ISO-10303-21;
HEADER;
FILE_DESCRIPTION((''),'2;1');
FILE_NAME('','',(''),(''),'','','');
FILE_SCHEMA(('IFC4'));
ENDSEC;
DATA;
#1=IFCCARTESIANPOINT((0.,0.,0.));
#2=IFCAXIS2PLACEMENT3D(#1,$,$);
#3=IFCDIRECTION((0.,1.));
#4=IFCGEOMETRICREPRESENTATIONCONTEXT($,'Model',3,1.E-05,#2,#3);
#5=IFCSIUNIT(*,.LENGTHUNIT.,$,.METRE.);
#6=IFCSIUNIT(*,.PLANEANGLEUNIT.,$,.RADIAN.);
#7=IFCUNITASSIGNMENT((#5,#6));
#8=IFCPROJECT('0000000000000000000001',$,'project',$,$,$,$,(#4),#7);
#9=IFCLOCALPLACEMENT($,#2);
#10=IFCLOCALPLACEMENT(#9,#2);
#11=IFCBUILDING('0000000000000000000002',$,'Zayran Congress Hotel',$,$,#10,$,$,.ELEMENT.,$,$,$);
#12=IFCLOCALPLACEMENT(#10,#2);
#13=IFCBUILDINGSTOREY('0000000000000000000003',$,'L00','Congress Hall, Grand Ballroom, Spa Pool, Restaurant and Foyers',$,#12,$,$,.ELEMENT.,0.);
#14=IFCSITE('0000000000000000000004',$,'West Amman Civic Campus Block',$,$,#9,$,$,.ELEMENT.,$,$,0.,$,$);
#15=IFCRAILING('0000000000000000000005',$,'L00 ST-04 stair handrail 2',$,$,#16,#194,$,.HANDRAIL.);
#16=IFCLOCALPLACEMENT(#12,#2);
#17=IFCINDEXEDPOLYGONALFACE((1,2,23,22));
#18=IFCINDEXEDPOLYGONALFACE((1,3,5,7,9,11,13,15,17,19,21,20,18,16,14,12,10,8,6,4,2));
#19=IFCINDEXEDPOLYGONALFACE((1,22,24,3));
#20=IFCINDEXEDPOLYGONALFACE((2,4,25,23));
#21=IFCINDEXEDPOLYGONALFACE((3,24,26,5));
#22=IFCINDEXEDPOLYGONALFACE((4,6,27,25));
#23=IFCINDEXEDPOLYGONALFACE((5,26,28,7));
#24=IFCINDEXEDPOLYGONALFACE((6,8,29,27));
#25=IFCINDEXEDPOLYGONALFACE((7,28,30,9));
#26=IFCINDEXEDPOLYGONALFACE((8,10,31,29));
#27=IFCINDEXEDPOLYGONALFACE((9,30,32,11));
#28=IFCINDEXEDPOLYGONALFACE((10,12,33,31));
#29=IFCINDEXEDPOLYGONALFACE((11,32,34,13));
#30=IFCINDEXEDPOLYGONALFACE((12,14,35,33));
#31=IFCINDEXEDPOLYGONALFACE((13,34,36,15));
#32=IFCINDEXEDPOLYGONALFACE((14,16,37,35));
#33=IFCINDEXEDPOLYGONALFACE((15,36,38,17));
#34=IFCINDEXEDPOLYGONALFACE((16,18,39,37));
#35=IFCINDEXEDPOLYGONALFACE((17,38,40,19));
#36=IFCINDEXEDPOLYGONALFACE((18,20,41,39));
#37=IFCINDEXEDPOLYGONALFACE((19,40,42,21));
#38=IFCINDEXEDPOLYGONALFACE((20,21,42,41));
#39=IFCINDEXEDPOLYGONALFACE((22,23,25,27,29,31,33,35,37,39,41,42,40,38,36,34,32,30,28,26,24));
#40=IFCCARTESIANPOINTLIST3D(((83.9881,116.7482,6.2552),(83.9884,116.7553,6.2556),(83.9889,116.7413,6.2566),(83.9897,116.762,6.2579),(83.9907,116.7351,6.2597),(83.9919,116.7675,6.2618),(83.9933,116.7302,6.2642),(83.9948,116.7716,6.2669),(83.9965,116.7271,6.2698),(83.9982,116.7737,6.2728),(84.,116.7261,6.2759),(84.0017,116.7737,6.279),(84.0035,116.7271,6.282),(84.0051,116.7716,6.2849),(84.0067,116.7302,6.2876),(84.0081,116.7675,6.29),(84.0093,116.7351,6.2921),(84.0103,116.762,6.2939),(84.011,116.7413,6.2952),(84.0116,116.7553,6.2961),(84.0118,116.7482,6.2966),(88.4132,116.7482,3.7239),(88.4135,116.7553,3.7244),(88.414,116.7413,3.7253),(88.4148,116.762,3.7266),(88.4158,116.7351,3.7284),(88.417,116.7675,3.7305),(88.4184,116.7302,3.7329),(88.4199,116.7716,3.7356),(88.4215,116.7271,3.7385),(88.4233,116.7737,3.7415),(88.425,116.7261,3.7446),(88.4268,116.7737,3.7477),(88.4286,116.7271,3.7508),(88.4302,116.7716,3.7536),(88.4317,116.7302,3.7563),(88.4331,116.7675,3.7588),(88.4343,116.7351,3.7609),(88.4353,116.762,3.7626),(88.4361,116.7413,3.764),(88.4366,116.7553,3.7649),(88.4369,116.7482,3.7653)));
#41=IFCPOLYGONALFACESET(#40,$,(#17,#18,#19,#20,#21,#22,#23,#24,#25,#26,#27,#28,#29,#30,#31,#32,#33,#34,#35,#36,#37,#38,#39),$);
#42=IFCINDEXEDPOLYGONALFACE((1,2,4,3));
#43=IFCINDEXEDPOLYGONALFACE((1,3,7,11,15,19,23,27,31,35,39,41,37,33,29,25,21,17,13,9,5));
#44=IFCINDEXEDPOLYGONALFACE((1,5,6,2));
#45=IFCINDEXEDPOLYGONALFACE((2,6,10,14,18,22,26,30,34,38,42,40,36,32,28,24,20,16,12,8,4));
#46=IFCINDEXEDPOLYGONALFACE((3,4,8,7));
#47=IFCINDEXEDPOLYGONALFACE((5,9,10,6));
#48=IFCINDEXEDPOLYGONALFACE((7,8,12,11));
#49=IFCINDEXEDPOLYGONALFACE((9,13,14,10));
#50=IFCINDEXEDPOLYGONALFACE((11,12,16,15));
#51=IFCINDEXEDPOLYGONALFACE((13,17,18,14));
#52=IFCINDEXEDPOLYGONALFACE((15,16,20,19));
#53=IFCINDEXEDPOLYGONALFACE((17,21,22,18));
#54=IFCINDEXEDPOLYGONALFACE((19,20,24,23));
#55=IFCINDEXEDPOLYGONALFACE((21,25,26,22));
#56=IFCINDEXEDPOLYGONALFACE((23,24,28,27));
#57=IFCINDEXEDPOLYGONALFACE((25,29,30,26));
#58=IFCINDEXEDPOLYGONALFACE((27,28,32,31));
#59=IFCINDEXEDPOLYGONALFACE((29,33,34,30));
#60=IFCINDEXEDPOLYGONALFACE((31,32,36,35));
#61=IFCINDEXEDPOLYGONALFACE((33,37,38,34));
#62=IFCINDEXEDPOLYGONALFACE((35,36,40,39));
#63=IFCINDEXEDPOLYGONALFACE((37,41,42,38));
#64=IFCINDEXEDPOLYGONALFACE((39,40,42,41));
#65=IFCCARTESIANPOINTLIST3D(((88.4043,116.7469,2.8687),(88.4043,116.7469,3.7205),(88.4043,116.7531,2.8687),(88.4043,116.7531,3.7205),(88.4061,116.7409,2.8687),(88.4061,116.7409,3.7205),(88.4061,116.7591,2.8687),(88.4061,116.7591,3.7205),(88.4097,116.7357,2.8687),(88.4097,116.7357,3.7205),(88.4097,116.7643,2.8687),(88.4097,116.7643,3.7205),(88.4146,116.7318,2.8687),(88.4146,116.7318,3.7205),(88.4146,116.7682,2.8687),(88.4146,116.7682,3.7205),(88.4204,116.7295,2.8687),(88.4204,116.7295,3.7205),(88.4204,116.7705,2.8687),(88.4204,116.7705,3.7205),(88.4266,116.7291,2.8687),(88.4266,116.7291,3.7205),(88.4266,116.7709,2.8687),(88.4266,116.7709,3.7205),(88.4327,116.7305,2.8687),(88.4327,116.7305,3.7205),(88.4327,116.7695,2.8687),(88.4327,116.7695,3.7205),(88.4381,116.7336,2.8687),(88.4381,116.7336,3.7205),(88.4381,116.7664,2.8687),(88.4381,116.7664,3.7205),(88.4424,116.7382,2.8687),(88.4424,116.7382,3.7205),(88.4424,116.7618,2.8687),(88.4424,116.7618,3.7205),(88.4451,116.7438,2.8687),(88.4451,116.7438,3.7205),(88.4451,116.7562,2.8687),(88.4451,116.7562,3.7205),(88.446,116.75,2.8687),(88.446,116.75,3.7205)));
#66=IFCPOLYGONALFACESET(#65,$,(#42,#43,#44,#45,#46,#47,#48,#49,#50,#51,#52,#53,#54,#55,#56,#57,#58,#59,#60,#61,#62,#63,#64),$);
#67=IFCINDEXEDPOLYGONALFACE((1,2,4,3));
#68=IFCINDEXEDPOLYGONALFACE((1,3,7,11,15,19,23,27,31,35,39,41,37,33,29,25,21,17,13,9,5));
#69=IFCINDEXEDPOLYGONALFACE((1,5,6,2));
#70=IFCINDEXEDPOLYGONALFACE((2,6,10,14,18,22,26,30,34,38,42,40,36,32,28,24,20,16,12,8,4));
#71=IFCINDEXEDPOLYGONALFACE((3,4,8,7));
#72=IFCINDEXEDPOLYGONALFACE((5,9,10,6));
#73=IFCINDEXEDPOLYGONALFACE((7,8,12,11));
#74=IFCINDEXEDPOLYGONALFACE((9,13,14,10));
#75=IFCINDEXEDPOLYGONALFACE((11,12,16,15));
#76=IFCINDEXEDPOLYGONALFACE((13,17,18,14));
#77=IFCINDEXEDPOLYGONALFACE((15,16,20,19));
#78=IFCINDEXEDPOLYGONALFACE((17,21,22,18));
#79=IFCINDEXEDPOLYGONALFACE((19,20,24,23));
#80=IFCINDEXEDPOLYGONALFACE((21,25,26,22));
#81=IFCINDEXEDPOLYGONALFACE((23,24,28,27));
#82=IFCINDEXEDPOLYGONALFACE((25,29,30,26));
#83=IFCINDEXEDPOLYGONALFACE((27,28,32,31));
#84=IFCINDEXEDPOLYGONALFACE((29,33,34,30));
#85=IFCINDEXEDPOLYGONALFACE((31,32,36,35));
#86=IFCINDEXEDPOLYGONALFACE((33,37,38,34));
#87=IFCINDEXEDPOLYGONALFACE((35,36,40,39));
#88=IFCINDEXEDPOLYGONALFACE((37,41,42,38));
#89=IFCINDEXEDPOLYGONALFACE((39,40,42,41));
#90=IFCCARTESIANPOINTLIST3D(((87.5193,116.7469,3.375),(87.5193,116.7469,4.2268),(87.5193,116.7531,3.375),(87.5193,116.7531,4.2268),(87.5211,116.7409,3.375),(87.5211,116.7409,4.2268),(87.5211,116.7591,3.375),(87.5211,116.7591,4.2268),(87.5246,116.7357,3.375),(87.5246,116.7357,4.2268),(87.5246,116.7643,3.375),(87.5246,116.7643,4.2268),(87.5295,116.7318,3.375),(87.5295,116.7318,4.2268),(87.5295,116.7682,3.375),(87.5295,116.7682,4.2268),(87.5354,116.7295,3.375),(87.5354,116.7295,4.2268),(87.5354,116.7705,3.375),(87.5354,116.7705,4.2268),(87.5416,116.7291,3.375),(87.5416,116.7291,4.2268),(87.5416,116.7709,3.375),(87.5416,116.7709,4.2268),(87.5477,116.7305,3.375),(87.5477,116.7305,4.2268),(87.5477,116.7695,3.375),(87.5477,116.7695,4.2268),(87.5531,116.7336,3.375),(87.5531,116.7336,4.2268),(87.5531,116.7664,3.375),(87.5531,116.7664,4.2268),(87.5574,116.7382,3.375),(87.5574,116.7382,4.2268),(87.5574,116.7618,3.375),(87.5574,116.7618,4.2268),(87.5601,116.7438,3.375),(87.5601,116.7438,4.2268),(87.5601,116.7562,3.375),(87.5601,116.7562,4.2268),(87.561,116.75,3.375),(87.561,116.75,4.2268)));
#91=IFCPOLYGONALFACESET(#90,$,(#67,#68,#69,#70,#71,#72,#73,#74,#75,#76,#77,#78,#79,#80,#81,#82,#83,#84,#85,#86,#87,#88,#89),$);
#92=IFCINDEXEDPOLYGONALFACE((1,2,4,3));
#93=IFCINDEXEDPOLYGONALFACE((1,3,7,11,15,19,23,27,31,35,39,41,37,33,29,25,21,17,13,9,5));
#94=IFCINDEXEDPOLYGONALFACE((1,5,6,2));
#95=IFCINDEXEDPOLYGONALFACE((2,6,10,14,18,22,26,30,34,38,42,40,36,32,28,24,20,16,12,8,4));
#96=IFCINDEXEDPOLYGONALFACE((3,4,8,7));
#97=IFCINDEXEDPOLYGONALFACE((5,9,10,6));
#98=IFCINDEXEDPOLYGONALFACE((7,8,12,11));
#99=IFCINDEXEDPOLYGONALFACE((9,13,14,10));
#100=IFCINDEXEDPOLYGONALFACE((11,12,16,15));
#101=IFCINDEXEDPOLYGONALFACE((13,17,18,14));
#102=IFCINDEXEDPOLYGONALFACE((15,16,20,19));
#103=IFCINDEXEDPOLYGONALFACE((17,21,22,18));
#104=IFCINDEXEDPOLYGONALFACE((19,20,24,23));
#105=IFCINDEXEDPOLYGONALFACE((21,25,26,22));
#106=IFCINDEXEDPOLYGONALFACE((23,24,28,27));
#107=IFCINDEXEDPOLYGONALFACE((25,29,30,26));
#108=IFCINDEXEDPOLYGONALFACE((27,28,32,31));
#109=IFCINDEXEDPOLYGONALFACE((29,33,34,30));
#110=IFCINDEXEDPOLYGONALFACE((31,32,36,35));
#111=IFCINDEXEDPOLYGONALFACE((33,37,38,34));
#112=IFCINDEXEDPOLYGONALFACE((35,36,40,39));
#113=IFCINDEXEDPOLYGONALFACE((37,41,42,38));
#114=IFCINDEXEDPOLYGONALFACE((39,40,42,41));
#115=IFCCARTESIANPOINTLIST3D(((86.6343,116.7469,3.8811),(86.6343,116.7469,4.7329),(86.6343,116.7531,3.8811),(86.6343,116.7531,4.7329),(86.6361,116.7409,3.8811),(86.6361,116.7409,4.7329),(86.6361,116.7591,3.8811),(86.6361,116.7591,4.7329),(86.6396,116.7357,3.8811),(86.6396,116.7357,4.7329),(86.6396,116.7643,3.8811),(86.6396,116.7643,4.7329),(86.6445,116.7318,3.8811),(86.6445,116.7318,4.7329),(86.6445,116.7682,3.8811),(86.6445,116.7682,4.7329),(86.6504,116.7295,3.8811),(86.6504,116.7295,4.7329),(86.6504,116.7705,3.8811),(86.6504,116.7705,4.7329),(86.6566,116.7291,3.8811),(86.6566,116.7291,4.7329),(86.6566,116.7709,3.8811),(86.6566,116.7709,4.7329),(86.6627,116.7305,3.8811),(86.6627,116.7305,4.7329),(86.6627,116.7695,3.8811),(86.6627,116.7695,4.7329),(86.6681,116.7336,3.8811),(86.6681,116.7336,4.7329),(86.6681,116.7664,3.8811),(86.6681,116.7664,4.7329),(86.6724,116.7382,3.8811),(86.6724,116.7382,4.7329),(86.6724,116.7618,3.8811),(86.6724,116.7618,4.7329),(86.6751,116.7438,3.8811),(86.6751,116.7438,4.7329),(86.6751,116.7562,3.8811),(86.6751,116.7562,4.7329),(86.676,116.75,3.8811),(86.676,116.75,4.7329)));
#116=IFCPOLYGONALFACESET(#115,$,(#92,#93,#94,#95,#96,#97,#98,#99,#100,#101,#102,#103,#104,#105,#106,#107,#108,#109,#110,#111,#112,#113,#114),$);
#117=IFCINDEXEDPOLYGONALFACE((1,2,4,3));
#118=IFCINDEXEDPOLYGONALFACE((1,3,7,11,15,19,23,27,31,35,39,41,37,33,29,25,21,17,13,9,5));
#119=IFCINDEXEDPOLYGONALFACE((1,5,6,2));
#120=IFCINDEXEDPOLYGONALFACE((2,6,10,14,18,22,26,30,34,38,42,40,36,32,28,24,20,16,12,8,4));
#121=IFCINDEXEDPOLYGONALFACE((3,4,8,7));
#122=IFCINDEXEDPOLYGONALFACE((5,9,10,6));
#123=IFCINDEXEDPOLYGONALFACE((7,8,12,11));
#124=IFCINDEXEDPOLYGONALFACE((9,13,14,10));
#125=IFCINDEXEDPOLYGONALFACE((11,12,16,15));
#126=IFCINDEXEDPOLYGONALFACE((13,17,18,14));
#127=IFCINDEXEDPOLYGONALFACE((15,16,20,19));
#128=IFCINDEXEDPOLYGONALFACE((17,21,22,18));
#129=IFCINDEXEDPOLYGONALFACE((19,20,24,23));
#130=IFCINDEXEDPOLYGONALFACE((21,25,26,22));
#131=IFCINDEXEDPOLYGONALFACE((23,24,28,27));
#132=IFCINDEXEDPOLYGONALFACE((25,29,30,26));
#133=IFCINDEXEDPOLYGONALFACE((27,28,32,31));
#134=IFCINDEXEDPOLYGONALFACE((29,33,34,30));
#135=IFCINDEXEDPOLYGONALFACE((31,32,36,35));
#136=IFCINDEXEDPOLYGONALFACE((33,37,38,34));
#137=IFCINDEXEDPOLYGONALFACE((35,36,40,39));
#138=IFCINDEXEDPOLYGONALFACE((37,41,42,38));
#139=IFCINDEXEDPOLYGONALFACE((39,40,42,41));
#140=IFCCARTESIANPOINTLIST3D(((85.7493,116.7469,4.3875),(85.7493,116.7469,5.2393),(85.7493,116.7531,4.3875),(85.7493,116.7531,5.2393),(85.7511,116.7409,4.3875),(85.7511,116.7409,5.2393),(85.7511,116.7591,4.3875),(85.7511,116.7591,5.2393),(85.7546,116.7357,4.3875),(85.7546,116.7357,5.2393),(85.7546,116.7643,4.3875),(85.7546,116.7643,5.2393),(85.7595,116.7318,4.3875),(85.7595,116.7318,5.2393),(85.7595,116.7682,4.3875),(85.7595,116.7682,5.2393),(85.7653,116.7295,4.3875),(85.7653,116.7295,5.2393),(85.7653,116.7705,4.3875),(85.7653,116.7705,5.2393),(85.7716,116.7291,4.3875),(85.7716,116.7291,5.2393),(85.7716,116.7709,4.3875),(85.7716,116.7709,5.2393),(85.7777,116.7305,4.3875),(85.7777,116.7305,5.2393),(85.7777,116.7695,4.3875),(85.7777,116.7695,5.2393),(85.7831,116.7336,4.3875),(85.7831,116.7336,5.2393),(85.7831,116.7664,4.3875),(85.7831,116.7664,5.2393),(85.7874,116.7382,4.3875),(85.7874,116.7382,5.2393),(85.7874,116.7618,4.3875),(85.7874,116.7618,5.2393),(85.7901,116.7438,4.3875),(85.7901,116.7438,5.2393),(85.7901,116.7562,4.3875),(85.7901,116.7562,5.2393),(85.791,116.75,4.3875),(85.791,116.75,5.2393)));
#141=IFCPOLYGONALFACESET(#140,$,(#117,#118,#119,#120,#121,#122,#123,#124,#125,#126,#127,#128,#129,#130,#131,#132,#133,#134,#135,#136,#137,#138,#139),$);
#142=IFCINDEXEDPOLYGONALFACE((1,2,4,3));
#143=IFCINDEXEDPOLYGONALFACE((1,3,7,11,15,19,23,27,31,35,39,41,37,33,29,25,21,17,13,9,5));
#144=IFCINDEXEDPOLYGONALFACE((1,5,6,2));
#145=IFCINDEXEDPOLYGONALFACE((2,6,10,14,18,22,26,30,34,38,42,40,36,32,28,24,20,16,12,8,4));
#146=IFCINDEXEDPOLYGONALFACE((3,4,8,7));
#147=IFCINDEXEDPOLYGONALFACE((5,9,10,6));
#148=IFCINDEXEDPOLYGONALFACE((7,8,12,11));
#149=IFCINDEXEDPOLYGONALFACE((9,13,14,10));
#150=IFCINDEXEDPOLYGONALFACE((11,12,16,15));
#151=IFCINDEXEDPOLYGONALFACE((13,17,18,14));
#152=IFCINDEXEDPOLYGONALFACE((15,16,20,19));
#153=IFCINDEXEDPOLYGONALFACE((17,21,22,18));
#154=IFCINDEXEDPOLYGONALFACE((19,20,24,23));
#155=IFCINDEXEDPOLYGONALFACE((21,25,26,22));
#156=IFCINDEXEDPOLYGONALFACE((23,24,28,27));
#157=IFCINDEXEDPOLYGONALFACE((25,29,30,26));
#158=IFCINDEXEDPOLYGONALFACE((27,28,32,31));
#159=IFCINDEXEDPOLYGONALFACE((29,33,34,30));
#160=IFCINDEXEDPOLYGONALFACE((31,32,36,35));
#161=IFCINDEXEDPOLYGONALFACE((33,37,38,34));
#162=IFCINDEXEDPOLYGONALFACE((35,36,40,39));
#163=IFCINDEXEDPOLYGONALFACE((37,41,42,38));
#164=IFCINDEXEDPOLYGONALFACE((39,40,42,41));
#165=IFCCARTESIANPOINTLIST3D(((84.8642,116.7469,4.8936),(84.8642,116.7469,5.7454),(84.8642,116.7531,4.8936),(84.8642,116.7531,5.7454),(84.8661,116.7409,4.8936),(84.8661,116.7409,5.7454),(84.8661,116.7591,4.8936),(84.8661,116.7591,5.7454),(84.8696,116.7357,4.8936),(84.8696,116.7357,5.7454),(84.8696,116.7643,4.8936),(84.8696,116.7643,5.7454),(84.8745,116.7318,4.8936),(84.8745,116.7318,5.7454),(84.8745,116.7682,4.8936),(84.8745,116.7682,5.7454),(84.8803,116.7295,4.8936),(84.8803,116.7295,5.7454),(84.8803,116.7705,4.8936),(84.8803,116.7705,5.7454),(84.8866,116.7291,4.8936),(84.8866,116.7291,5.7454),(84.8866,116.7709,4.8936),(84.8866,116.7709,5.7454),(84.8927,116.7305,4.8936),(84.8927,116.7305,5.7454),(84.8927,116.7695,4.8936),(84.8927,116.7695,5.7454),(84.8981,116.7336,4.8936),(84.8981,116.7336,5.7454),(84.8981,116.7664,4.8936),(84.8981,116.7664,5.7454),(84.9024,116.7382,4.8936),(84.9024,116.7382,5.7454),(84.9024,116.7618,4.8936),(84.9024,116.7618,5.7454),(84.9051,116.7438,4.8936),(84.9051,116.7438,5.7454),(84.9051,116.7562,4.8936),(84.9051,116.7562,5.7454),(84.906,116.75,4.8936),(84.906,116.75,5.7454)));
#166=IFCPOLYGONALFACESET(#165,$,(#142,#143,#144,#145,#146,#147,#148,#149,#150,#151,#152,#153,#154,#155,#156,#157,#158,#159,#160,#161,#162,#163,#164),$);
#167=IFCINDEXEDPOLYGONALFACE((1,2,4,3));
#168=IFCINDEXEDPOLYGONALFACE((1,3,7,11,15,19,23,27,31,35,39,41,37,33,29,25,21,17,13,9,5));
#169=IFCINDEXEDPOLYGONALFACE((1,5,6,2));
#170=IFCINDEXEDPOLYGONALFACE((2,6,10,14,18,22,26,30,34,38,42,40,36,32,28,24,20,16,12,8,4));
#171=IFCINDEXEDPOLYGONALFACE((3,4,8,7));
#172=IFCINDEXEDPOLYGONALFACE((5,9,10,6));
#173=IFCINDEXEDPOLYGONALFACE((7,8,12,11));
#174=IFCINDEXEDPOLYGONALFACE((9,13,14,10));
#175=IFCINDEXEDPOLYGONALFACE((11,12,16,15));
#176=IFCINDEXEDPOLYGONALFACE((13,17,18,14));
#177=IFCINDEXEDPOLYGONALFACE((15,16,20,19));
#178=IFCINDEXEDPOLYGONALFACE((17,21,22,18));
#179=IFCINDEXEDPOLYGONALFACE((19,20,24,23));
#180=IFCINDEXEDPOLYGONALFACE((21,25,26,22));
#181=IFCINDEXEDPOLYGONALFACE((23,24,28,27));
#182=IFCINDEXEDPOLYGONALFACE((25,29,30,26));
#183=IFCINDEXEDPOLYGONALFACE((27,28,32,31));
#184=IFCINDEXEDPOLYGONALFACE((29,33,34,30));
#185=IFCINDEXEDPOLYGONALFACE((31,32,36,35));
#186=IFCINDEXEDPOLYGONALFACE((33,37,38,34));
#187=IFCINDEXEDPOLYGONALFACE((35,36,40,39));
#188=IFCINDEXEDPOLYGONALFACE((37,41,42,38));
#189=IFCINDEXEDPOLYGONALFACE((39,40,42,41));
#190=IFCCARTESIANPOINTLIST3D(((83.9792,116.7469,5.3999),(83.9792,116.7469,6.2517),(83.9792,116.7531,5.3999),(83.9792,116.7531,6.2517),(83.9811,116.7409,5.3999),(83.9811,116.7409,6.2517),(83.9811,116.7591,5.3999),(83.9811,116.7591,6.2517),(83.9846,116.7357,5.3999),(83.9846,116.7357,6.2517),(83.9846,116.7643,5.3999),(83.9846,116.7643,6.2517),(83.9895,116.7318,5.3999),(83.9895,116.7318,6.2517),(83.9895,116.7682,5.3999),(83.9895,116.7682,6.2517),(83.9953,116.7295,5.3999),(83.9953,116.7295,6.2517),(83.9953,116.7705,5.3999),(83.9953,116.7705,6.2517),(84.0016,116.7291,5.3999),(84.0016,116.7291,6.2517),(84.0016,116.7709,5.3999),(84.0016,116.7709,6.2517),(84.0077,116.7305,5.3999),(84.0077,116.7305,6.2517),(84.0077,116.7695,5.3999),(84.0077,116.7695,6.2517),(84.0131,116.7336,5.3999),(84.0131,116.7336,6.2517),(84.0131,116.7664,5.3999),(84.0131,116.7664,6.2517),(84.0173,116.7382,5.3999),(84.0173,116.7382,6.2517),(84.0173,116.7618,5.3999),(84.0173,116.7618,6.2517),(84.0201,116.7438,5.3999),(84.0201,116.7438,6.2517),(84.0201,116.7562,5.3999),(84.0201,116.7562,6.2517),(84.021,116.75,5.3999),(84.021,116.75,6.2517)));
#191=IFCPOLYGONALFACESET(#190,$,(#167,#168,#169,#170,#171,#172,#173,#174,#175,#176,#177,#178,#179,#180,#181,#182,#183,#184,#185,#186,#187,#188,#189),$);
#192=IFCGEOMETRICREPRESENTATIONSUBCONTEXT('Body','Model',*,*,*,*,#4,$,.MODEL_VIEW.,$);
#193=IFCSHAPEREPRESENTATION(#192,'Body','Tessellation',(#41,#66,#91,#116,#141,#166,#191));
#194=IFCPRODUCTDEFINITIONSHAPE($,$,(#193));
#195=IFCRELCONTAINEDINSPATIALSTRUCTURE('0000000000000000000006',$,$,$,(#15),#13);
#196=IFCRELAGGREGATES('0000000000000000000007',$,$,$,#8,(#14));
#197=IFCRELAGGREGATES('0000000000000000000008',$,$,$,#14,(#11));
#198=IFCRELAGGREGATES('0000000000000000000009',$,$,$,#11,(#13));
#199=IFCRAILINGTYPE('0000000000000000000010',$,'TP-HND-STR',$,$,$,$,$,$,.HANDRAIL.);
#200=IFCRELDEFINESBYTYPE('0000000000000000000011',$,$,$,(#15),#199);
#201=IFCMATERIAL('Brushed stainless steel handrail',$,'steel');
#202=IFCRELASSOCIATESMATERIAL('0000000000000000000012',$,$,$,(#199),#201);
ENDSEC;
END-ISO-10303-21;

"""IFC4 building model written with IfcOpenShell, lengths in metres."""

from ifc_helpers import new_model, si_unit, direction, frame, origin, origin_2d, place, context, subcontext, project, spatial, circle, extrude, material, type_object, element, save


model = new_model("IFC4")

# Units and contexts
model_context = context("Model", 3, precision=1e-05, world=origin(), true_north=direction((0.0, 1.0)))
body_context = subcontext(model_context, "Body", "Model", "MODEL_VIEW")
ifc_project = project(units=[si_unit("LENGTHUNIT", "METRE"), si_unit("PLANEANGLEUNIT", "RADIAN")], contexts=[model_context])

# Site, building, storey
site_placement = place(None, origin())
site = spatial("IfcSite", under=ifc_project, at=site_placement, Name="West Amman Civic Campus Block", CompositionType="ELEMENT", RefElevation=0.0)
building_placement = place(site_placement, origin())
building = spatial("IfcBuilding", under=site, at=building_placement, Name="Zayran Congress Hotel", CompositionType="ELEMENT")
storey_placement = place(building_placement, origin())
storey = spatial("IfcBuildingStorey", under=building, at=storey_placement, Name="L00", Description="Congress Hall, Grand Ballroom, Spa Pool, Restaurant and Foyers", CompositionType="ELEMENT", Elevation=0.0)

# Railing
ifc_material_1 = material(Name="Brushed stainless steel handrail", Category="steel")
railing_type_1 = type_object("IfcRailingType", Name="TP-HND-STR", PredefinedType="HANDRAIL", material=ifc_material_1)
railing_1_placement = place(storey_placement, frame((88.425, 116.75, 2.8687)))
element("IfcRailing", 1, at=railing_1_placement, inside=storey, type_object=railing_type_1, Name="L00 ST-04 stair handrail 2", PredefinedType="HANDRAIL", context=body_context, shape_type="SweptSolid", body=[
    extrude(circle(Radius=0.0239, at=origin_2d()), frame((0.0, 0.0, 0.876), z_axis=(-0.868019, 0.0, 0.496531), x_axis=(0.0, -1.0, 0.0)), (0.0, 0.0, 1.0), 5.0979),
    extrude(circle(Radius=0.021, at=origin_2d()), origin(), (0.0, 0.0, 1.0), 0.8518),
    extrude(circle(Radius=0.021, at=origin_2d()), frame((-0.885, 0.0, 0.5063)), (0.0, 0.0, 1.0), 0.8518),
    extrude(circle(Radius=0.021, at=origin_2d()), frame((-1.77, 0.0, 1.0125)), (0.0, 0.0, 1.0), 0.8518),
    extrude(circle(Radius=0.021, at=origin_2d()), frame((-2.655, 0.0, 1.5188)), (0.0, 0.0, 1.0), 0.8518),
    extrude(circle(Radius=0.021, at=origin_2d()), frame((-3.54, 0.0, 2.0249)), (0.0, 0.0, 1.0), 0.8518),
    extrude(circle(Radius=0.021, at=origin_2d()), frame((-4.425, 0.0, 2.5312)), (0.0, 0.0, 1.0), 0.8518),
])

save(model, "model.ifc")
